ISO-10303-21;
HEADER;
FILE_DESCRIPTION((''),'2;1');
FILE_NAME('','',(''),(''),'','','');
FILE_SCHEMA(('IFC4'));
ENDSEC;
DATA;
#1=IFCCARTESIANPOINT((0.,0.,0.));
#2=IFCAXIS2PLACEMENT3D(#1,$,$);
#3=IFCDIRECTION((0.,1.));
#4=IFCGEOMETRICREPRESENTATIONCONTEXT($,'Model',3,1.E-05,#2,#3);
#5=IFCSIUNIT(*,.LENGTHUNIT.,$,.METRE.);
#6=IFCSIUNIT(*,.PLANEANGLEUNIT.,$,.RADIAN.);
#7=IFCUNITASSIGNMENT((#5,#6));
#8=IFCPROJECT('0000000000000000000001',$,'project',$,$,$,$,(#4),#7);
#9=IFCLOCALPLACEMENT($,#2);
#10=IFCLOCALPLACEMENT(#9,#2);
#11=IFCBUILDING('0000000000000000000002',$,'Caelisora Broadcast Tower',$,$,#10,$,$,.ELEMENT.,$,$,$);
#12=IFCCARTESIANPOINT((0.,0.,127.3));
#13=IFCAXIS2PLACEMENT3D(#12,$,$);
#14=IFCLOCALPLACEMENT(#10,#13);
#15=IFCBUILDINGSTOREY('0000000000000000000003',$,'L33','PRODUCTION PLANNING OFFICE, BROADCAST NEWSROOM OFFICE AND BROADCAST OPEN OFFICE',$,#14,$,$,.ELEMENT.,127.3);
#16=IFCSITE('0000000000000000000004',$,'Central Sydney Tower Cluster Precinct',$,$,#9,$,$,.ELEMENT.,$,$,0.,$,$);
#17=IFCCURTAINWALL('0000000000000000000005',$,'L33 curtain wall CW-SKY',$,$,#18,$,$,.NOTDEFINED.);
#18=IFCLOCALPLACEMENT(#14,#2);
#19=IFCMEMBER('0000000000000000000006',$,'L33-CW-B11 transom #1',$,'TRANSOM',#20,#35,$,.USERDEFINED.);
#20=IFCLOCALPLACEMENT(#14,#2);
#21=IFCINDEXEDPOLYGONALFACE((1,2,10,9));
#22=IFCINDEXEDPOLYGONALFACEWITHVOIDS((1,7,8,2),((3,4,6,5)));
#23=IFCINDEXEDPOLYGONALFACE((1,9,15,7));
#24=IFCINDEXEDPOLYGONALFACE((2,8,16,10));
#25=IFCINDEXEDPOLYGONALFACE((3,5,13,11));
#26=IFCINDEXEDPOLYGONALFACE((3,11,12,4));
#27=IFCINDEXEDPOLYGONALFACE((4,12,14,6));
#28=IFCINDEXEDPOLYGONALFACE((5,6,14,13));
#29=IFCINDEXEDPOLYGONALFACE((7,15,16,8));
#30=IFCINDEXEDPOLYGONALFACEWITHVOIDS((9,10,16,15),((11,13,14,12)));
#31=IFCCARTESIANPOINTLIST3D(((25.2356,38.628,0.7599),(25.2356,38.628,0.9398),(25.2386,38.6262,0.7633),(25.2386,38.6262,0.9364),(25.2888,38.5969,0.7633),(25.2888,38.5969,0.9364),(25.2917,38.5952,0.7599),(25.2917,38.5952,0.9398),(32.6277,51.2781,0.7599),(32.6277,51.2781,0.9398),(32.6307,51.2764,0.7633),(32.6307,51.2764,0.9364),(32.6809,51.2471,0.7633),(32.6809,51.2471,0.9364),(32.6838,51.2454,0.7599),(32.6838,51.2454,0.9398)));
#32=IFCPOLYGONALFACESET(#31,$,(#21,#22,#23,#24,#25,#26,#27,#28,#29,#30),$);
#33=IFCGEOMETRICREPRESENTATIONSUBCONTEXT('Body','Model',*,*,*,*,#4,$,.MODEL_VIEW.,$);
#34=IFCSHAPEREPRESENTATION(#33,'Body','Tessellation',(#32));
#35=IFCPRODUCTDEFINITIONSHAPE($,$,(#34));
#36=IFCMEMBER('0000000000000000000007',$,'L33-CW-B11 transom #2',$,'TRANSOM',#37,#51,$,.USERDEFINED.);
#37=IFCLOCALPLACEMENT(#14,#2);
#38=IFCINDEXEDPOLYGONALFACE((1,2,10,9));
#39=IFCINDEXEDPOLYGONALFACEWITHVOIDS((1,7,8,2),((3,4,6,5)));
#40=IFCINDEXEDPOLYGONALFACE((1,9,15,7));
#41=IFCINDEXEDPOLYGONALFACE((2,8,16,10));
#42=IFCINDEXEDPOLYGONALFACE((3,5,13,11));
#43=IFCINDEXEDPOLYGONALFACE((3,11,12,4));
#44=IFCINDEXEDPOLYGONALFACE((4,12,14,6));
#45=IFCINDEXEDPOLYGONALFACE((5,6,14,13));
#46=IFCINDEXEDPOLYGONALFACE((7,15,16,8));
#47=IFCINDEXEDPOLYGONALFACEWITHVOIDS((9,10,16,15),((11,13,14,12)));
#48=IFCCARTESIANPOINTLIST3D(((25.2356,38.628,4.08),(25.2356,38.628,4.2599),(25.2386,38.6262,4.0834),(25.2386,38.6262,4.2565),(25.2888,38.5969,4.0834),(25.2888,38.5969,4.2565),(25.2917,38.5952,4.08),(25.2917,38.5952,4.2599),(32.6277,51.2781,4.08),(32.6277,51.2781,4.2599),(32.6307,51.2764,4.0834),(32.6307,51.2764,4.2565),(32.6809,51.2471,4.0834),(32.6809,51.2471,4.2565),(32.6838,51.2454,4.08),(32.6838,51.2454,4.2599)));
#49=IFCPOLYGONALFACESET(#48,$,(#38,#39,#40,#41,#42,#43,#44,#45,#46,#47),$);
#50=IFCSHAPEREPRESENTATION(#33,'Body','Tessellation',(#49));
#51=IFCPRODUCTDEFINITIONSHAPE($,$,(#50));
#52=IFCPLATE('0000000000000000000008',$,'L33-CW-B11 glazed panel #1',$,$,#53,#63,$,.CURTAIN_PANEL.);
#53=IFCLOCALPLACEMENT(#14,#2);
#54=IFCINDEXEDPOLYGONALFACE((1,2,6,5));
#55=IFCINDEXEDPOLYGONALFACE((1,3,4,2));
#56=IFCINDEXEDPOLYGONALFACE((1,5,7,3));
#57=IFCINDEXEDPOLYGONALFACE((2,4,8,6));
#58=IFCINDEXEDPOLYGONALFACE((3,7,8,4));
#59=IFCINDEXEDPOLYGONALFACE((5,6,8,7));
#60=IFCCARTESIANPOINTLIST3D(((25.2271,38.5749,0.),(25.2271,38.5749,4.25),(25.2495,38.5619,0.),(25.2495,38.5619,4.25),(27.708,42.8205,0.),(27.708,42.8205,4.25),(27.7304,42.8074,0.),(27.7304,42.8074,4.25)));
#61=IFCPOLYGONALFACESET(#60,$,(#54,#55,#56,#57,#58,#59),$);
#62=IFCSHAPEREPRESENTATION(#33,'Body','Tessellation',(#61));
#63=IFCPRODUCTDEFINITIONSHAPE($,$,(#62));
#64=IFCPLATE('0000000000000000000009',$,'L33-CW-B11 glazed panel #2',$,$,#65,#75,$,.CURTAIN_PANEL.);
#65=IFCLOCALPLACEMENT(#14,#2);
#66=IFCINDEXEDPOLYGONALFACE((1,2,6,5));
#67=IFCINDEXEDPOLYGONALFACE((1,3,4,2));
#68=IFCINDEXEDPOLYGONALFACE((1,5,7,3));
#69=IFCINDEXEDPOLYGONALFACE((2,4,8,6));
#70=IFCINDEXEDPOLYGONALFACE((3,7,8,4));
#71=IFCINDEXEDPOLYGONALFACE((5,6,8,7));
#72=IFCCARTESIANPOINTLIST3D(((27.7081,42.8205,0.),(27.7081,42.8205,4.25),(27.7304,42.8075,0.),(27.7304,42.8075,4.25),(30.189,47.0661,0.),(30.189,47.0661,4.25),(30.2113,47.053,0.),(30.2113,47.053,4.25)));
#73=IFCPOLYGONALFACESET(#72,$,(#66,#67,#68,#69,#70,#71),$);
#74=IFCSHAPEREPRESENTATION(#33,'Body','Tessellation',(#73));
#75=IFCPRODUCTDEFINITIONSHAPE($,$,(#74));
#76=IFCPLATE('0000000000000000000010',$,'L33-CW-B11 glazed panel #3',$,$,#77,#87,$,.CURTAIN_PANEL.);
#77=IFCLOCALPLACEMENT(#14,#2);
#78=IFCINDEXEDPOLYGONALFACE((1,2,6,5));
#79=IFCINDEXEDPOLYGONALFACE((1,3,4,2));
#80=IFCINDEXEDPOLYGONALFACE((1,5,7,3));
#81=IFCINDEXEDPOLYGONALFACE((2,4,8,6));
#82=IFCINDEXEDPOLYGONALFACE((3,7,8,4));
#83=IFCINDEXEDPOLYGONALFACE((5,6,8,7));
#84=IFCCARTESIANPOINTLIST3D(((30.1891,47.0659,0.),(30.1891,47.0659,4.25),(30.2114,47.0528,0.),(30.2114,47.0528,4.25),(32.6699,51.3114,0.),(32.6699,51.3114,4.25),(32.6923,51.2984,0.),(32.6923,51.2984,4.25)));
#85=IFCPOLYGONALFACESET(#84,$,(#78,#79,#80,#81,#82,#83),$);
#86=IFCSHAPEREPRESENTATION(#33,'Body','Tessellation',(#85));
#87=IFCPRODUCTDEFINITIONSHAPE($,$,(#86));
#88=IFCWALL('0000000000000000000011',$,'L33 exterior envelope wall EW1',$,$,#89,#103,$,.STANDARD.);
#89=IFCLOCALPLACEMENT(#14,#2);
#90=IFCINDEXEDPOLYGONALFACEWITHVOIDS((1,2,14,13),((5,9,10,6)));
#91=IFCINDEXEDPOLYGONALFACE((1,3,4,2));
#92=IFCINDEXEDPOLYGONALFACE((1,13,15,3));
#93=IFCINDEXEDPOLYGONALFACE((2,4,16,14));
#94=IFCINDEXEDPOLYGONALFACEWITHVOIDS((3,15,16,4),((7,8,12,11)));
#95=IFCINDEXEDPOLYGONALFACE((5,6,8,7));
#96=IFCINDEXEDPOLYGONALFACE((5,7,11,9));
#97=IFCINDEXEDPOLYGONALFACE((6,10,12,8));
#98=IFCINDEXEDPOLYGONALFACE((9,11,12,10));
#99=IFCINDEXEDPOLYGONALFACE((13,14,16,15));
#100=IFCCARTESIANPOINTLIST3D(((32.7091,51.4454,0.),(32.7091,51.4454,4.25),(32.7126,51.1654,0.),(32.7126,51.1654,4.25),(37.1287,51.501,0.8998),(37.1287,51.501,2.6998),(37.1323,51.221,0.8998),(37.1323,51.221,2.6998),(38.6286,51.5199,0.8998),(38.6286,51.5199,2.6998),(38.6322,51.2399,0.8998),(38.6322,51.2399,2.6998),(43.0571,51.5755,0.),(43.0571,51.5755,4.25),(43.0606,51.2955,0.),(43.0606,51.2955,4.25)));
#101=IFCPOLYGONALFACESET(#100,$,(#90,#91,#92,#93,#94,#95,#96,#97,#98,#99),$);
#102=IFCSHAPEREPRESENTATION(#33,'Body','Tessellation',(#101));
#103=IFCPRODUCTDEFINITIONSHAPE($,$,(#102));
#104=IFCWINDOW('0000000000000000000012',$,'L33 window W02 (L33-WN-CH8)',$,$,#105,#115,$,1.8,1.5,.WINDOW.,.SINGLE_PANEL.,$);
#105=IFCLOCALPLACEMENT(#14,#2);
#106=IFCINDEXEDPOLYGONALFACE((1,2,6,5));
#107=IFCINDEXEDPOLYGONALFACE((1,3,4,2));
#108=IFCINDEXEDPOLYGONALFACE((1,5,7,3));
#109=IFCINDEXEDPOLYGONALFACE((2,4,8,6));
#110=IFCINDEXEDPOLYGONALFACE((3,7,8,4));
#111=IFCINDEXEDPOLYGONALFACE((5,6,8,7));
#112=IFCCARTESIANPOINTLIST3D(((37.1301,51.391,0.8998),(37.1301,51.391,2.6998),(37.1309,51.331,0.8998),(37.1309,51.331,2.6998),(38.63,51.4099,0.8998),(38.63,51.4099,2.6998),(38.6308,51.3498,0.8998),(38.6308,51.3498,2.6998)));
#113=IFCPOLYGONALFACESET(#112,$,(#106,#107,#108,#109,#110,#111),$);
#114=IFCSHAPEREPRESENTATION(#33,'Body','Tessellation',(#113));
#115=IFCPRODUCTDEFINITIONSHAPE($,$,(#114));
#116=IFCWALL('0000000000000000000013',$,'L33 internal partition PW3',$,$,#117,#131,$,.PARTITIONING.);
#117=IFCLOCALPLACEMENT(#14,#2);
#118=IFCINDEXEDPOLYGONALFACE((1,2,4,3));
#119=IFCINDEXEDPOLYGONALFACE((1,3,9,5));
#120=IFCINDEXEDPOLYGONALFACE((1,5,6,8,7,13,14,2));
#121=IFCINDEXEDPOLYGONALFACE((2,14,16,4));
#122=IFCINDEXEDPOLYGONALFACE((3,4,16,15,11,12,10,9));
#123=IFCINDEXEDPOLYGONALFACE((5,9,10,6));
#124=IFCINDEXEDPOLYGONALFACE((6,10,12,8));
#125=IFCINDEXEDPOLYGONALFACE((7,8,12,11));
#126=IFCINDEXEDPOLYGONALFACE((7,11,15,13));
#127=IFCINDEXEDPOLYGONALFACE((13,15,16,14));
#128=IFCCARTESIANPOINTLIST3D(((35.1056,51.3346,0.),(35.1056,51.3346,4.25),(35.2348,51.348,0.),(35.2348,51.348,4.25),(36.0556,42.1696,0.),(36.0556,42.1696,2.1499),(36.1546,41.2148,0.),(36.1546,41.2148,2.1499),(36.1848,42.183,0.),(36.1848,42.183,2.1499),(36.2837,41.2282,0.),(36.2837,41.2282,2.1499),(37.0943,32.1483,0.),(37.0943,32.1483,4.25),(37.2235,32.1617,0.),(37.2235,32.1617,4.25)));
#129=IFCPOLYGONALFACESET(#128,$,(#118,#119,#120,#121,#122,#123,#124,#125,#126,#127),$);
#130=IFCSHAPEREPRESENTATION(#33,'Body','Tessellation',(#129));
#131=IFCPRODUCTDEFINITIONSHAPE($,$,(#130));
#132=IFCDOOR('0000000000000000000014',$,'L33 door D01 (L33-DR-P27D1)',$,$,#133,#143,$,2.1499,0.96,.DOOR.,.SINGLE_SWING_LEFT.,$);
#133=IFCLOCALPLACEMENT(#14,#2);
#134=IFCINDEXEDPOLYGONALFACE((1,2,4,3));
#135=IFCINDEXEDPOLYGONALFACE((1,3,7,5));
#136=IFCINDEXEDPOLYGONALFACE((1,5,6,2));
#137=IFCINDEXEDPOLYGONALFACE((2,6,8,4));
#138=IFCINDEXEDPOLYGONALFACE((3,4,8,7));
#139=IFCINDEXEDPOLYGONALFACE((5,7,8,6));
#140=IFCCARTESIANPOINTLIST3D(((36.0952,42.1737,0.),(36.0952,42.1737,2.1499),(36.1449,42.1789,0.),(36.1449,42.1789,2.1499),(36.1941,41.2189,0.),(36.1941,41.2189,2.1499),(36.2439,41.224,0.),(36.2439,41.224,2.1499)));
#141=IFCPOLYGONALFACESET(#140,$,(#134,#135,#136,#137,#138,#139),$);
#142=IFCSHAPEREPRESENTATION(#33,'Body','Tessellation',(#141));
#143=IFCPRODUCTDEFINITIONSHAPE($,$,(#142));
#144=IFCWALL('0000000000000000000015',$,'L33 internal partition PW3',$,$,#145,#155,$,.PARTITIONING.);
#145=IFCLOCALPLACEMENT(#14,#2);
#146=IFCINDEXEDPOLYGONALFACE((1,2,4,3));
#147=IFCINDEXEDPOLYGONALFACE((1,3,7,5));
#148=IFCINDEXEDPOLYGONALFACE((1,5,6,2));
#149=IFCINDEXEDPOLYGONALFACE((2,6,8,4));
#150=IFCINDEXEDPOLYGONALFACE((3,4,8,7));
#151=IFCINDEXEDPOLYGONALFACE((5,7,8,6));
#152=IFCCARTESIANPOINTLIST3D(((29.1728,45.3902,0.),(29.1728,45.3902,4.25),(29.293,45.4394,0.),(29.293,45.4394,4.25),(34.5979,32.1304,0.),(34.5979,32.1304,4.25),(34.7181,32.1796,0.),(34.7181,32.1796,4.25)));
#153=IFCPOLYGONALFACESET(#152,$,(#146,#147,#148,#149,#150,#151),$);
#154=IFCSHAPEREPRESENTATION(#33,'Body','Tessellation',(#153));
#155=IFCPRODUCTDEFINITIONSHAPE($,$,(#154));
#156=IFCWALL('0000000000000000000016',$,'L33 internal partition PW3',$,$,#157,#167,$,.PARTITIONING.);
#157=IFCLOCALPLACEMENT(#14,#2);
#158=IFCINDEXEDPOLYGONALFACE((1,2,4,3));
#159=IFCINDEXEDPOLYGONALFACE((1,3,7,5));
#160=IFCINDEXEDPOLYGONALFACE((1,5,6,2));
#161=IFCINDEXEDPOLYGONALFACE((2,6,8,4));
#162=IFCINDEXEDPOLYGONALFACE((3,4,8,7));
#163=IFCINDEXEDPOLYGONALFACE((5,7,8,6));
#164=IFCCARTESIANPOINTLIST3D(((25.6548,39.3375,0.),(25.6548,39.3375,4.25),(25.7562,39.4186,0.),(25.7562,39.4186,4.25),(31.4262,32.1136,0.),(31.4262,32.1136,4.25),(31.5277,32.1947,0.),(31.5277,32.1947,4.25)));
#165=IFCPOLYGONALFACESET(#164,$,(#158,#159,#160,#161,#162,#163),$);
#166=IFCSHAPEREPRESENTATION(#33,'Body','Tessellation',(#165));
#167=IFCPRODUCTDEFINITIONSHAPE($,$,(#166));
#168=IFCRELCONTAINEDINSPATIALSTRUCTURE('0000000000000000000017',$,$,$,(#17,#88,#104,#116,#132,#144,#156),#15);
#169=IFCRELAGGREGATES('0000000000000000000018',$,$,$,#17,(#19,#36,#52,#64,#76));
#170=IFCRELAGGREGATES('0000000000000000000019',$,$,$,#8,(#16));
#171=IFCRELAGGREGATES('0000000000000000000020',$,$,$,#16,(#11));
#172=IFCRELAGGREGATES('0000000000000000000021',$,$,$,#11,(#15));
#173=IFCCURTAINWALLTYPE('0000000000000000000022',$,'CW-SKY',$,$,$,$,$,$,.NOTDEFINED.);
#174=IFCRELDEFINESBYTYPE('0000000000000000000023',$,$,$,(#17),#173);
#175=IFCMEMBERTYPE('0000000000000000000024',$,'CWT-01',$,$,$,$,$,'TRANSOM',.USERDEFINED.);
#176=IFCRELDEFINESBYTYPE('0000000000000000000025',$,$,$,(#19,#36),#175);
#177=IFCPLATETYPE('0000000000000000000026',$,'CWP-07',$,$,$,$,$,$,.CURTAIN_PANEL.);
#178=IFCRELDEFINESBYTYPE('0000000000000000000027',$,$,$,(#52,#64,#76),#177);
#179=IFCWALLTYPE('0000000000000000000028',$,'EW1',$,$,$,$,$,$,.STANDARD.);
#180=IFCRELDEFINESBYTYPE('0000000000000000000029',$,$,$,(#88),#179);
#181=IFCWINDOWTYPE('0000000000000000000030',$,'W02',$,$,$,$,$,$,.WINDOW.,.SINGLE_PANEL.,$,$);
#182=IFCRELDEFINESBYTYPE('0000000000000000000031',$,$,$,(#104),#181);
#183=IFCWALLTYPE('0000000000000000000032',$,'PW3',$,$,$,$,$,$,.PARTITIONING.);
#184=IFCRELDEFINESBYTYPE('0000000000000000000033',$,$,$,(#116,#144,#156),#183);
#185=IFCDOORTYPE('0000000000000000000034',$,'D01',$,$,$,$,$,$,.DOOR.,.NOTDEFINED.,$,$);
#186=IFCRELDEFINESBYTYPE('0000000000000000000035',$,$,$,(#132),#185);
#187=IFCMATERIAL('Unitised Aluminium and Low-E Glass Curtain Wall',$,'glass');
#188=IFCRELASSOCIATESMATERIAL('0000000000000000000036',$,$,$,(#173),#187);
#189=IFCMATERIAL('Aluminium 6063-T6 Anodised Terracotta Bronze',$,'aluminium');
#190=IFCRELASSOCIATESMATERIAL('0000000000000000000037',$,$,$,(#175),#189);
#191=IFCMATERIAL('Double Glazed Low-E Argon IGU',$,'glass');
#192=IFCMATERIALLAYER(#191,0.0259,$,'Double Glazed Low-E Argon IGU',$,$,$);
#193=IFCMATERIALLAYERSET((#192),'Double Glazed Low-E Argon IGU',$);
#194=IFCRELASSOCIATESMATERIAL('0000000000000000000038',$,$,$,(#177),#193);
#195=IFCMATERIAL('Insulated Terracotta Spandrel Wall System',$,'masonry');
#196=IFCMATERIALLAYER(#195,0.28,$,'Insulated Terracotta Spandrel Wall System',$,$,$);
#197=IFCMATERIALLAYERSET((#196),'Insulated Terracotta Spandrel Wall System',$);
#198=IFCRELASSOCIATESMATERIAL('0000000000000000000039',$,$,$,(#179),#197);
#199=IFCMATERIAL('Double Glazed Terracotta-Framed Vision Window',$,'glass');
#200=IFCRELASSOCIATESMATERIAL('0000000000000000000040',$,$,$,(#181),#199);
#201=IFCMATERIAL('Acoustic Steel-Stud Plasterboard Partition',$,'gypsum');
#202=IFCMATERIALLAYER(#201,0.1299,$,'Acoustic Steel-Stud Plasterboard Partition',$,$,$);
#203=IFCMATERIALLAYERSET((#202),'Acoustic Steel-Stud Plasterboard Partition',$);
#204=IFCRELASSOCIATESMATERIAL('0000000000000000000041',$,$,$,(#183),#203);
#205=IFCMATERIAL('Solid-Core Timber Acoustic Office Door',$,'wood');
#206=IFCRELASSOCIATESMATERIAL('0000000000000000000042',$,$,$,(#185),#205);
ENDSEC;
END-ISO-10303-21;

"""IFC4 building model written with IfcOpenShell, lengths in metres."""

from ifc_helpers import new_model, si_unit, direction, frame, frame_2d, origin, origin_2d, place, context, subcontext, project, spatial, rectangle, hollow_rectangle, extrude, source, transform, mapped, material, layer, layer_set, material_profile, profile_set, type_object, type_shapes, element, fill, aggregate, save


model = new_model("IFC4")

# Units and contexts
model_context = context("Model", 3, precision=1e-05, world=origin(), true_north=direction((0.0, 1.0)))
body_context = subcontext(model_context, "Body", "Model", "MODEL_VIEW")
ifc_project = project(units=[si_unit("LENGTHUNIT", "METRE"), si_unit("PLANEANGLEUNIT", "RADIAN")], contexts=[model_context])

# Site, building, storey
site_placement = place(None, origin())
site = spatial("IfcSite", under=ifc_project, at=site_placement, Name="Central Sydney Tower Cluster Precinct", CompositionType="ELEMENT", RefElevation=0.0)
building_placement = place(site_placement, origin())
building = spatial("IfcBuilding", under=site, at=building_placement, Name="Caelisora Broadcast Tower", CompositionType="ELEMENT")
storey_placement = place(building_placement, frame((0.0, 0.0, 127.3)))
storey = spatial("IfcBuildingStorey", under=building, at=storey_placement, Name="L33", Description="PRODUCTION PLANNING OFFICE, BROADCAST NEWSROOM OFFICE AND BROADCAST OPEN OFFICE", CompositionType="ELEMENT", Elevation=127.3)

# Curtain wall, members, plates
ifc_material_1 = material(Name="Unitised Aluminium and Low-E Glass Curtain Wall", Category="glass")
curtain_wall_type = type_object("IfcCurtainWallType", Name="CW-SKY", PredefinedType="NOTDEFINED", material=ifc_material_1)
curtain_wall_placement = place(storey_placement, origin())
curtain_wall = element("IfcCurtainWall", 1, at=curtain_wall_placement, inside=storey, type_object=curtain_wall_type, Name="L33 curtain wall CW-SKY", PredefinedType="NOTDEFINED")
ifc_material_2 = material(Name="Aluminium 6063-T6 Anodised Terracotta Bronze", Category="aluminium")
ifc_material_profile_1 = material_profile(ifc_material_2, hollow_rectangle(XDim=0.0649, YDim=0.1799, WallThickness=0.0034, at=origin_2d()), Name="Aluminium 6063-T6 Anodised Terracotta Bronze")
ifc_profile_set_1 = profile_set([ifc_material_profile_1], Name="Aluminium 6063-T6 Anodised Terracotta Bronze")
member_type_1 = type_object("IfcMemberType", Name="CWT-01", ElementType="TRANSOM", PredefinedType="USERDEFINED", material=ifc_profile_set_1)
shared_shape_1 = source(origin(), body_context, "Body", "SweptSolid", [
    extrude(hollow_rectangle(XDim=0.0649, YDim=0.1799, WallThickness=0.0034, at=origin_2d()), origin(), (0.0, 0.0, 1.0), 14.6516),
])
type_shapes(member_type_1, [shared_shape_1])
member_1_placement = place(storey_placement, frame((25.2637, 38.6116, 0.8499), z_axis=(0.504525, 0.863397, 0.0), x_axis=(-0.863397, 0.504525, 0.0)))
member_1 = element("IfcMember", 2, at=member_1_placement, type_object=member_type_1, Name="L33-CW-B11 transom #1", ObjectType="TRANSOM", PredefinedType="USERDEFINED", context=body_context, shape_type="MappedRepresentation", body=[
    mapped(shared_shape_1, transform((0.0, 0.0, 0.0), scale=1.0)),
])
member_2_placement = place(storey_placement, frame((25.2637, 38.6116, 4.1699), z_axis=(0.504525, 0.863397, 0.0), x_axis=(-0.863397, 0.504525, 0.0)))
member_2 = element("IfcMember", 3, at=member_2_placement, type_object=member_type_1, Name="L33-CW-B11 transom #2", ObjectType="TRANSOM", PredefinedType="USERDEFINED", context=body_context, shape_type="MappedRepresentation", body=[
    mapped(shared_shape_1, transform((0.0, 0.0, 0.0), scale=1.0)),
])
ifc_material_3 = material(Name="Double Glazed Low-E Argon IGU", Category="glass")
ifc_layer_1 = layer(ifc_material_3, 0.0259, Name="Double Glazed Low-E Argon IGU")
ifc_layer_set_1 = layer_set([ifc_layer_1], Name="Double Glazed Low-E Argon IGU")
plate_type = type_object("IfcPlateType", Name="CWP-07", PredefinedType="CURTAIN_PANEL", material=ifc_layer_set_1)
shared_shape_2 = source(origin(), body_context, "Body", "SweptSolid", [
    extrude(rectangle(XDim=4.9172, YDim=0.0259, at=origin_2d()), origin(), (0.0, 0.0, 1.0), 4.25),
])
type_shapes(plate_type, [shared_shape_2])
plate_1_placement = place(storey_placement, frame((26.4788, 40.6912, 0.0), z_axis=(0.0, 0.0, 1.0), x_axis=(0.504528, 0.863396, 0.0)))
plate_1 = element("IfcPlate", 4, at=plate_1_placement, type_object=plate_type, Name="L33-CW-B11 glazed panel #1", PredefinedType="CURTAIN_PANEL", context=body_context, shape_type="MappedRepresentation", body=[
    mapped(shared_shape_2, transform((0.0, 0.0, 0.0), scale=1.0)),
])
plate_2_placement = place(storey_placement, frame((28.9597, 44.9368, 0.0), z_axis=(0.0, 0.0, 1.0), x_axis=(0.504528, 0.863396, 0.0)))
plate_2 = element("IfcPlate", 5, at=plate_2_placement, type_object=plate_type, Name="L33-CW-B11 glazed panel #2", PredefinedType="CURTAIN_PANEL", context=body_context, shape_type="MappedRepresentation", body=[
    mapped(shared_shape_2, transform((0.0, 0.0, 0.0), scale=1.0)),
])
plate_3_placement = place(storey_placement, frame((31.4407, 49.1821, 0.0), z_axis=(0.0, 0.0, 1.0), x_axis=(0.504528, 0.863396, 0.0)))
plate_3 = element("IfcPlate", 6, at=plate_3_placement, type_object=plate_type, Name="L33-CW-B11 glazed panel #3", PredefinedType="CURTAIN_PANEL", context=body_context, shape_type="MappedRepresentation", body=[
    mapped(shared_shape_2, transform((0.0, 0.0, 0.0), scale=1.0)),
])
aggregate(curtain_wall, [member_1, member_2, plate_1, plate_2, plate_3])

# Wall, opening, window
ifc_material_4 = material(Name="Insulated Terracotta Spandrel Wall System", Category="masonry")
ifc_layer_2 = layer(ifc_material_4, 0.28, Name="Insulated Terracotta Spandrel Wall System")
ifc_layer_set_2 = layer_set([ifc_layer_2], Name="Insulated Terracotta Spandrel Wall System")
wall_type_1 = type_object("IfcWallType", Name="EW1", PredefinedType="STANDARD", material=ifc_layer_set_2)
wall_1_placement = place(storey_placement, frame((32.7109, 51.3054, 0.0), z_axis=(0.0, 0.0, 1.0), x_axis=(0.999921, 0.012574, 0.0)))
wall_1 = element("IfcWall", 7, at=wall_1_placement, inside=storey, type_object=wall_type_1, Name="L33 exterior envelope wall EW1", PredefinedType="STANDARD", context=body_context, shape_type="SweptSolid", body=[
    extrude(rectangle(XDim=10.3489, YDim=0.28, at=frame_2d((5.1743, 0.0))), origin(), (0.0, 0.0, 1.0), 4.25),
])
opening_1_placement = place(wall_1_placement, frame((4.4199, 0.0, 0.8999)))
opening_1 = element("IfcOpeningElement", 8, at=opening_1_placement, cuts=wall_1, PredefinedType="OPENING", context=body_context, shape_type="SweptSolid", body=[
    extrude(rectangle(XDim=1.5, YDim=1.8, at=frame_2d((0.75, 0.8999))), frame((0.0, 0.1521, 0.0), z_axis=(0.0, -1.0, 0.0), x_axis=(1.0, 0.0, 0.0)), (0.0, 0.0, 1.0), 0.304),
])
ifc_material_5 = material(Name="Double Glazed Terracotta-Framed Vision Window", Category="glass")
window_type = type_object("IfcWindowType", Name="W02", PartitioningType="SINGLE_PANEL", PredefinedType="WINDOW", material=ifc_material_5)
window_placement = place(opening_1_placement, origin())
window = element("IfcWindow", 9, at=window_placement, inside=storey, type_object=window_type, Name="L33 window W02 (L33-WN-CH8)", OverallHeight=1.8, OverallWidth=1.5, PartitioningType="SINGLE_PANEL", PredefinedType="WINDOW", context=body_context, shape_type="SweptSolid", body=[
    extrude(rectangle(XDim=1.5, YDim=1.8, at=frame_2d((0.75, 0.8999))), frame((0.0, 0.03, 0.0), z_axis=(0.0, -1.0, 0.0), x_axis=(1.0, 0.0, 0.0)), (0.0, 0.0, 1.0), 0.0601),
])
fill(opening_1, window)

# Wall, opening, door
ifc_material_6 = material(Name="Acoustic Steel-Stud Plasterboard Partition", Category="gypsum")
ifc_layer_3 = layer(ifc_material_6, 0.1299, Name="Acoustic Steel-Stud Plasterboard Partition")
ifc_layer_set_3 = layer_set([ifc_layer_3], Name="Acoustic Steel-Stud Plasterboard Partition")
wall_type_2 = type_object("IfcWallType", Name="PW3", PredefinedType="PARTITIONING", material=ifc_layer_set_3)
wall_2_placement = place(storey_placement, frame((35.1702, 51.3413, 0.0), z_axis=(0.0, 0.0, 1.0), x_axis=(0.103103, -0.994671, 0.0)))
wall_2 = element("IfcWall", 10, at=wall_2_placement, inside=storey, type_object=wall_type_2, Name="L33 internal partition PW3", PredefinedType="PARTITIONING", context=body_context, shape_type="SweptSolid", body=[
    extrude(rectangle(XDim=19.2891, YDim=0.1299, at=frame_2d((9.6445, 0.0))), origin(), (0.0, 0.0, 1.0), 4.25),
])
opening_2_placement = place(wall_2_placement, frame((9.2141, 0.0, 0.0)))
opening_2 = element("IfcOpeningElement", 11, at=opening_2_placement, cuts=wall_2, PredefinedType="OPENING", context=body_context, shape_type="SweptSolid", body=[
    extrude(rectangle(XDim=0.96, YDim=2.1499, at=frame_2d((0.48, 1.075))), frame((0.0, 0.0769, 0.0), z_axis=(0.0, -1.0, 0.0), x_axis=(1.0, 0.0, 0.0)), (0.0, 0.0, 1.0), 0.1538),
])
ifc_material_7 = material(Name="Solid-Core Timber Acoustic Office Door", Category="wood")
door_type = type_object("IfcDoorType", Name="D01", OperationType="NOTDEFINED", PredefinedType="DOOR", material=ifc_material_7)
door_placement = place(opening_2_placement, origin())
door = element("IfcDoor", 12, at=door_placement, inside=storey, type_object=door_type, Name="L33 door D01 (L33-DR-P27D1)", OperationType="SINGLE_SWING_LEFT", OverallHeight=2.1499, OverallWidth=0.96, PredefinedType="DOOR", context=body_context, shape_type="SweptSolid", body=[
    extrude(rectangle(XDim=0.96, YDim=2.1499, at=frame_2d((0.48, 1.075))), frame((0.0, 0.0249, 0.0), z_axis=(0.0, -1.0, 0.0), x_axis=(1.0, 0.0, 0.0)), (0.0, 0.0, 1.0), 0.05),
])
fill(opening_2, door)

# Walls
wall_3_placement = place(storey_placement, frame((29.2329, 45.4148, 0.0), z_axis=(0.0, 0.0, 1.0), x_axis=(0.378669, -0.925532, 0.0)))
element("IfcWall", 13, at=wall_3_placement, inside=storey, type_object=wall_type_2, Name="L33 internal partition PW3", PredefinedType="PARTITIONING", context=body_context, shape_type="SweptSolid", body=[
    extrude(rectangle(XDim=14.3267, YDim=0.1299, at=frame_2d((7.1633, 0.0))), origin(), (0.0, 0.0, 1.0), 4.25),
])
wall_4_placement = place(storey_placement, frame((25.7056, 39.3779, 0.0), z_axis=(0.0, 0.0, 1.0), x_axis=(0.624193, -0.781271, 0.0)))
element("IfcWall", 14, at=wall_4_placement, inside=storey, type_object=wall_type_2, Name="L33 internal partition PW3", PredefinedType="PARTITIONING", context=body_context, shape_type="SweptSolid", body=[
    extrude(rectangle(XDim=9.2463, YDim=0.1299, at=frame_2d((4.623, 0.0))), origin(), (0.0, 0.0, 1.0), 4.25),
])

save(model, "model.ifc")
